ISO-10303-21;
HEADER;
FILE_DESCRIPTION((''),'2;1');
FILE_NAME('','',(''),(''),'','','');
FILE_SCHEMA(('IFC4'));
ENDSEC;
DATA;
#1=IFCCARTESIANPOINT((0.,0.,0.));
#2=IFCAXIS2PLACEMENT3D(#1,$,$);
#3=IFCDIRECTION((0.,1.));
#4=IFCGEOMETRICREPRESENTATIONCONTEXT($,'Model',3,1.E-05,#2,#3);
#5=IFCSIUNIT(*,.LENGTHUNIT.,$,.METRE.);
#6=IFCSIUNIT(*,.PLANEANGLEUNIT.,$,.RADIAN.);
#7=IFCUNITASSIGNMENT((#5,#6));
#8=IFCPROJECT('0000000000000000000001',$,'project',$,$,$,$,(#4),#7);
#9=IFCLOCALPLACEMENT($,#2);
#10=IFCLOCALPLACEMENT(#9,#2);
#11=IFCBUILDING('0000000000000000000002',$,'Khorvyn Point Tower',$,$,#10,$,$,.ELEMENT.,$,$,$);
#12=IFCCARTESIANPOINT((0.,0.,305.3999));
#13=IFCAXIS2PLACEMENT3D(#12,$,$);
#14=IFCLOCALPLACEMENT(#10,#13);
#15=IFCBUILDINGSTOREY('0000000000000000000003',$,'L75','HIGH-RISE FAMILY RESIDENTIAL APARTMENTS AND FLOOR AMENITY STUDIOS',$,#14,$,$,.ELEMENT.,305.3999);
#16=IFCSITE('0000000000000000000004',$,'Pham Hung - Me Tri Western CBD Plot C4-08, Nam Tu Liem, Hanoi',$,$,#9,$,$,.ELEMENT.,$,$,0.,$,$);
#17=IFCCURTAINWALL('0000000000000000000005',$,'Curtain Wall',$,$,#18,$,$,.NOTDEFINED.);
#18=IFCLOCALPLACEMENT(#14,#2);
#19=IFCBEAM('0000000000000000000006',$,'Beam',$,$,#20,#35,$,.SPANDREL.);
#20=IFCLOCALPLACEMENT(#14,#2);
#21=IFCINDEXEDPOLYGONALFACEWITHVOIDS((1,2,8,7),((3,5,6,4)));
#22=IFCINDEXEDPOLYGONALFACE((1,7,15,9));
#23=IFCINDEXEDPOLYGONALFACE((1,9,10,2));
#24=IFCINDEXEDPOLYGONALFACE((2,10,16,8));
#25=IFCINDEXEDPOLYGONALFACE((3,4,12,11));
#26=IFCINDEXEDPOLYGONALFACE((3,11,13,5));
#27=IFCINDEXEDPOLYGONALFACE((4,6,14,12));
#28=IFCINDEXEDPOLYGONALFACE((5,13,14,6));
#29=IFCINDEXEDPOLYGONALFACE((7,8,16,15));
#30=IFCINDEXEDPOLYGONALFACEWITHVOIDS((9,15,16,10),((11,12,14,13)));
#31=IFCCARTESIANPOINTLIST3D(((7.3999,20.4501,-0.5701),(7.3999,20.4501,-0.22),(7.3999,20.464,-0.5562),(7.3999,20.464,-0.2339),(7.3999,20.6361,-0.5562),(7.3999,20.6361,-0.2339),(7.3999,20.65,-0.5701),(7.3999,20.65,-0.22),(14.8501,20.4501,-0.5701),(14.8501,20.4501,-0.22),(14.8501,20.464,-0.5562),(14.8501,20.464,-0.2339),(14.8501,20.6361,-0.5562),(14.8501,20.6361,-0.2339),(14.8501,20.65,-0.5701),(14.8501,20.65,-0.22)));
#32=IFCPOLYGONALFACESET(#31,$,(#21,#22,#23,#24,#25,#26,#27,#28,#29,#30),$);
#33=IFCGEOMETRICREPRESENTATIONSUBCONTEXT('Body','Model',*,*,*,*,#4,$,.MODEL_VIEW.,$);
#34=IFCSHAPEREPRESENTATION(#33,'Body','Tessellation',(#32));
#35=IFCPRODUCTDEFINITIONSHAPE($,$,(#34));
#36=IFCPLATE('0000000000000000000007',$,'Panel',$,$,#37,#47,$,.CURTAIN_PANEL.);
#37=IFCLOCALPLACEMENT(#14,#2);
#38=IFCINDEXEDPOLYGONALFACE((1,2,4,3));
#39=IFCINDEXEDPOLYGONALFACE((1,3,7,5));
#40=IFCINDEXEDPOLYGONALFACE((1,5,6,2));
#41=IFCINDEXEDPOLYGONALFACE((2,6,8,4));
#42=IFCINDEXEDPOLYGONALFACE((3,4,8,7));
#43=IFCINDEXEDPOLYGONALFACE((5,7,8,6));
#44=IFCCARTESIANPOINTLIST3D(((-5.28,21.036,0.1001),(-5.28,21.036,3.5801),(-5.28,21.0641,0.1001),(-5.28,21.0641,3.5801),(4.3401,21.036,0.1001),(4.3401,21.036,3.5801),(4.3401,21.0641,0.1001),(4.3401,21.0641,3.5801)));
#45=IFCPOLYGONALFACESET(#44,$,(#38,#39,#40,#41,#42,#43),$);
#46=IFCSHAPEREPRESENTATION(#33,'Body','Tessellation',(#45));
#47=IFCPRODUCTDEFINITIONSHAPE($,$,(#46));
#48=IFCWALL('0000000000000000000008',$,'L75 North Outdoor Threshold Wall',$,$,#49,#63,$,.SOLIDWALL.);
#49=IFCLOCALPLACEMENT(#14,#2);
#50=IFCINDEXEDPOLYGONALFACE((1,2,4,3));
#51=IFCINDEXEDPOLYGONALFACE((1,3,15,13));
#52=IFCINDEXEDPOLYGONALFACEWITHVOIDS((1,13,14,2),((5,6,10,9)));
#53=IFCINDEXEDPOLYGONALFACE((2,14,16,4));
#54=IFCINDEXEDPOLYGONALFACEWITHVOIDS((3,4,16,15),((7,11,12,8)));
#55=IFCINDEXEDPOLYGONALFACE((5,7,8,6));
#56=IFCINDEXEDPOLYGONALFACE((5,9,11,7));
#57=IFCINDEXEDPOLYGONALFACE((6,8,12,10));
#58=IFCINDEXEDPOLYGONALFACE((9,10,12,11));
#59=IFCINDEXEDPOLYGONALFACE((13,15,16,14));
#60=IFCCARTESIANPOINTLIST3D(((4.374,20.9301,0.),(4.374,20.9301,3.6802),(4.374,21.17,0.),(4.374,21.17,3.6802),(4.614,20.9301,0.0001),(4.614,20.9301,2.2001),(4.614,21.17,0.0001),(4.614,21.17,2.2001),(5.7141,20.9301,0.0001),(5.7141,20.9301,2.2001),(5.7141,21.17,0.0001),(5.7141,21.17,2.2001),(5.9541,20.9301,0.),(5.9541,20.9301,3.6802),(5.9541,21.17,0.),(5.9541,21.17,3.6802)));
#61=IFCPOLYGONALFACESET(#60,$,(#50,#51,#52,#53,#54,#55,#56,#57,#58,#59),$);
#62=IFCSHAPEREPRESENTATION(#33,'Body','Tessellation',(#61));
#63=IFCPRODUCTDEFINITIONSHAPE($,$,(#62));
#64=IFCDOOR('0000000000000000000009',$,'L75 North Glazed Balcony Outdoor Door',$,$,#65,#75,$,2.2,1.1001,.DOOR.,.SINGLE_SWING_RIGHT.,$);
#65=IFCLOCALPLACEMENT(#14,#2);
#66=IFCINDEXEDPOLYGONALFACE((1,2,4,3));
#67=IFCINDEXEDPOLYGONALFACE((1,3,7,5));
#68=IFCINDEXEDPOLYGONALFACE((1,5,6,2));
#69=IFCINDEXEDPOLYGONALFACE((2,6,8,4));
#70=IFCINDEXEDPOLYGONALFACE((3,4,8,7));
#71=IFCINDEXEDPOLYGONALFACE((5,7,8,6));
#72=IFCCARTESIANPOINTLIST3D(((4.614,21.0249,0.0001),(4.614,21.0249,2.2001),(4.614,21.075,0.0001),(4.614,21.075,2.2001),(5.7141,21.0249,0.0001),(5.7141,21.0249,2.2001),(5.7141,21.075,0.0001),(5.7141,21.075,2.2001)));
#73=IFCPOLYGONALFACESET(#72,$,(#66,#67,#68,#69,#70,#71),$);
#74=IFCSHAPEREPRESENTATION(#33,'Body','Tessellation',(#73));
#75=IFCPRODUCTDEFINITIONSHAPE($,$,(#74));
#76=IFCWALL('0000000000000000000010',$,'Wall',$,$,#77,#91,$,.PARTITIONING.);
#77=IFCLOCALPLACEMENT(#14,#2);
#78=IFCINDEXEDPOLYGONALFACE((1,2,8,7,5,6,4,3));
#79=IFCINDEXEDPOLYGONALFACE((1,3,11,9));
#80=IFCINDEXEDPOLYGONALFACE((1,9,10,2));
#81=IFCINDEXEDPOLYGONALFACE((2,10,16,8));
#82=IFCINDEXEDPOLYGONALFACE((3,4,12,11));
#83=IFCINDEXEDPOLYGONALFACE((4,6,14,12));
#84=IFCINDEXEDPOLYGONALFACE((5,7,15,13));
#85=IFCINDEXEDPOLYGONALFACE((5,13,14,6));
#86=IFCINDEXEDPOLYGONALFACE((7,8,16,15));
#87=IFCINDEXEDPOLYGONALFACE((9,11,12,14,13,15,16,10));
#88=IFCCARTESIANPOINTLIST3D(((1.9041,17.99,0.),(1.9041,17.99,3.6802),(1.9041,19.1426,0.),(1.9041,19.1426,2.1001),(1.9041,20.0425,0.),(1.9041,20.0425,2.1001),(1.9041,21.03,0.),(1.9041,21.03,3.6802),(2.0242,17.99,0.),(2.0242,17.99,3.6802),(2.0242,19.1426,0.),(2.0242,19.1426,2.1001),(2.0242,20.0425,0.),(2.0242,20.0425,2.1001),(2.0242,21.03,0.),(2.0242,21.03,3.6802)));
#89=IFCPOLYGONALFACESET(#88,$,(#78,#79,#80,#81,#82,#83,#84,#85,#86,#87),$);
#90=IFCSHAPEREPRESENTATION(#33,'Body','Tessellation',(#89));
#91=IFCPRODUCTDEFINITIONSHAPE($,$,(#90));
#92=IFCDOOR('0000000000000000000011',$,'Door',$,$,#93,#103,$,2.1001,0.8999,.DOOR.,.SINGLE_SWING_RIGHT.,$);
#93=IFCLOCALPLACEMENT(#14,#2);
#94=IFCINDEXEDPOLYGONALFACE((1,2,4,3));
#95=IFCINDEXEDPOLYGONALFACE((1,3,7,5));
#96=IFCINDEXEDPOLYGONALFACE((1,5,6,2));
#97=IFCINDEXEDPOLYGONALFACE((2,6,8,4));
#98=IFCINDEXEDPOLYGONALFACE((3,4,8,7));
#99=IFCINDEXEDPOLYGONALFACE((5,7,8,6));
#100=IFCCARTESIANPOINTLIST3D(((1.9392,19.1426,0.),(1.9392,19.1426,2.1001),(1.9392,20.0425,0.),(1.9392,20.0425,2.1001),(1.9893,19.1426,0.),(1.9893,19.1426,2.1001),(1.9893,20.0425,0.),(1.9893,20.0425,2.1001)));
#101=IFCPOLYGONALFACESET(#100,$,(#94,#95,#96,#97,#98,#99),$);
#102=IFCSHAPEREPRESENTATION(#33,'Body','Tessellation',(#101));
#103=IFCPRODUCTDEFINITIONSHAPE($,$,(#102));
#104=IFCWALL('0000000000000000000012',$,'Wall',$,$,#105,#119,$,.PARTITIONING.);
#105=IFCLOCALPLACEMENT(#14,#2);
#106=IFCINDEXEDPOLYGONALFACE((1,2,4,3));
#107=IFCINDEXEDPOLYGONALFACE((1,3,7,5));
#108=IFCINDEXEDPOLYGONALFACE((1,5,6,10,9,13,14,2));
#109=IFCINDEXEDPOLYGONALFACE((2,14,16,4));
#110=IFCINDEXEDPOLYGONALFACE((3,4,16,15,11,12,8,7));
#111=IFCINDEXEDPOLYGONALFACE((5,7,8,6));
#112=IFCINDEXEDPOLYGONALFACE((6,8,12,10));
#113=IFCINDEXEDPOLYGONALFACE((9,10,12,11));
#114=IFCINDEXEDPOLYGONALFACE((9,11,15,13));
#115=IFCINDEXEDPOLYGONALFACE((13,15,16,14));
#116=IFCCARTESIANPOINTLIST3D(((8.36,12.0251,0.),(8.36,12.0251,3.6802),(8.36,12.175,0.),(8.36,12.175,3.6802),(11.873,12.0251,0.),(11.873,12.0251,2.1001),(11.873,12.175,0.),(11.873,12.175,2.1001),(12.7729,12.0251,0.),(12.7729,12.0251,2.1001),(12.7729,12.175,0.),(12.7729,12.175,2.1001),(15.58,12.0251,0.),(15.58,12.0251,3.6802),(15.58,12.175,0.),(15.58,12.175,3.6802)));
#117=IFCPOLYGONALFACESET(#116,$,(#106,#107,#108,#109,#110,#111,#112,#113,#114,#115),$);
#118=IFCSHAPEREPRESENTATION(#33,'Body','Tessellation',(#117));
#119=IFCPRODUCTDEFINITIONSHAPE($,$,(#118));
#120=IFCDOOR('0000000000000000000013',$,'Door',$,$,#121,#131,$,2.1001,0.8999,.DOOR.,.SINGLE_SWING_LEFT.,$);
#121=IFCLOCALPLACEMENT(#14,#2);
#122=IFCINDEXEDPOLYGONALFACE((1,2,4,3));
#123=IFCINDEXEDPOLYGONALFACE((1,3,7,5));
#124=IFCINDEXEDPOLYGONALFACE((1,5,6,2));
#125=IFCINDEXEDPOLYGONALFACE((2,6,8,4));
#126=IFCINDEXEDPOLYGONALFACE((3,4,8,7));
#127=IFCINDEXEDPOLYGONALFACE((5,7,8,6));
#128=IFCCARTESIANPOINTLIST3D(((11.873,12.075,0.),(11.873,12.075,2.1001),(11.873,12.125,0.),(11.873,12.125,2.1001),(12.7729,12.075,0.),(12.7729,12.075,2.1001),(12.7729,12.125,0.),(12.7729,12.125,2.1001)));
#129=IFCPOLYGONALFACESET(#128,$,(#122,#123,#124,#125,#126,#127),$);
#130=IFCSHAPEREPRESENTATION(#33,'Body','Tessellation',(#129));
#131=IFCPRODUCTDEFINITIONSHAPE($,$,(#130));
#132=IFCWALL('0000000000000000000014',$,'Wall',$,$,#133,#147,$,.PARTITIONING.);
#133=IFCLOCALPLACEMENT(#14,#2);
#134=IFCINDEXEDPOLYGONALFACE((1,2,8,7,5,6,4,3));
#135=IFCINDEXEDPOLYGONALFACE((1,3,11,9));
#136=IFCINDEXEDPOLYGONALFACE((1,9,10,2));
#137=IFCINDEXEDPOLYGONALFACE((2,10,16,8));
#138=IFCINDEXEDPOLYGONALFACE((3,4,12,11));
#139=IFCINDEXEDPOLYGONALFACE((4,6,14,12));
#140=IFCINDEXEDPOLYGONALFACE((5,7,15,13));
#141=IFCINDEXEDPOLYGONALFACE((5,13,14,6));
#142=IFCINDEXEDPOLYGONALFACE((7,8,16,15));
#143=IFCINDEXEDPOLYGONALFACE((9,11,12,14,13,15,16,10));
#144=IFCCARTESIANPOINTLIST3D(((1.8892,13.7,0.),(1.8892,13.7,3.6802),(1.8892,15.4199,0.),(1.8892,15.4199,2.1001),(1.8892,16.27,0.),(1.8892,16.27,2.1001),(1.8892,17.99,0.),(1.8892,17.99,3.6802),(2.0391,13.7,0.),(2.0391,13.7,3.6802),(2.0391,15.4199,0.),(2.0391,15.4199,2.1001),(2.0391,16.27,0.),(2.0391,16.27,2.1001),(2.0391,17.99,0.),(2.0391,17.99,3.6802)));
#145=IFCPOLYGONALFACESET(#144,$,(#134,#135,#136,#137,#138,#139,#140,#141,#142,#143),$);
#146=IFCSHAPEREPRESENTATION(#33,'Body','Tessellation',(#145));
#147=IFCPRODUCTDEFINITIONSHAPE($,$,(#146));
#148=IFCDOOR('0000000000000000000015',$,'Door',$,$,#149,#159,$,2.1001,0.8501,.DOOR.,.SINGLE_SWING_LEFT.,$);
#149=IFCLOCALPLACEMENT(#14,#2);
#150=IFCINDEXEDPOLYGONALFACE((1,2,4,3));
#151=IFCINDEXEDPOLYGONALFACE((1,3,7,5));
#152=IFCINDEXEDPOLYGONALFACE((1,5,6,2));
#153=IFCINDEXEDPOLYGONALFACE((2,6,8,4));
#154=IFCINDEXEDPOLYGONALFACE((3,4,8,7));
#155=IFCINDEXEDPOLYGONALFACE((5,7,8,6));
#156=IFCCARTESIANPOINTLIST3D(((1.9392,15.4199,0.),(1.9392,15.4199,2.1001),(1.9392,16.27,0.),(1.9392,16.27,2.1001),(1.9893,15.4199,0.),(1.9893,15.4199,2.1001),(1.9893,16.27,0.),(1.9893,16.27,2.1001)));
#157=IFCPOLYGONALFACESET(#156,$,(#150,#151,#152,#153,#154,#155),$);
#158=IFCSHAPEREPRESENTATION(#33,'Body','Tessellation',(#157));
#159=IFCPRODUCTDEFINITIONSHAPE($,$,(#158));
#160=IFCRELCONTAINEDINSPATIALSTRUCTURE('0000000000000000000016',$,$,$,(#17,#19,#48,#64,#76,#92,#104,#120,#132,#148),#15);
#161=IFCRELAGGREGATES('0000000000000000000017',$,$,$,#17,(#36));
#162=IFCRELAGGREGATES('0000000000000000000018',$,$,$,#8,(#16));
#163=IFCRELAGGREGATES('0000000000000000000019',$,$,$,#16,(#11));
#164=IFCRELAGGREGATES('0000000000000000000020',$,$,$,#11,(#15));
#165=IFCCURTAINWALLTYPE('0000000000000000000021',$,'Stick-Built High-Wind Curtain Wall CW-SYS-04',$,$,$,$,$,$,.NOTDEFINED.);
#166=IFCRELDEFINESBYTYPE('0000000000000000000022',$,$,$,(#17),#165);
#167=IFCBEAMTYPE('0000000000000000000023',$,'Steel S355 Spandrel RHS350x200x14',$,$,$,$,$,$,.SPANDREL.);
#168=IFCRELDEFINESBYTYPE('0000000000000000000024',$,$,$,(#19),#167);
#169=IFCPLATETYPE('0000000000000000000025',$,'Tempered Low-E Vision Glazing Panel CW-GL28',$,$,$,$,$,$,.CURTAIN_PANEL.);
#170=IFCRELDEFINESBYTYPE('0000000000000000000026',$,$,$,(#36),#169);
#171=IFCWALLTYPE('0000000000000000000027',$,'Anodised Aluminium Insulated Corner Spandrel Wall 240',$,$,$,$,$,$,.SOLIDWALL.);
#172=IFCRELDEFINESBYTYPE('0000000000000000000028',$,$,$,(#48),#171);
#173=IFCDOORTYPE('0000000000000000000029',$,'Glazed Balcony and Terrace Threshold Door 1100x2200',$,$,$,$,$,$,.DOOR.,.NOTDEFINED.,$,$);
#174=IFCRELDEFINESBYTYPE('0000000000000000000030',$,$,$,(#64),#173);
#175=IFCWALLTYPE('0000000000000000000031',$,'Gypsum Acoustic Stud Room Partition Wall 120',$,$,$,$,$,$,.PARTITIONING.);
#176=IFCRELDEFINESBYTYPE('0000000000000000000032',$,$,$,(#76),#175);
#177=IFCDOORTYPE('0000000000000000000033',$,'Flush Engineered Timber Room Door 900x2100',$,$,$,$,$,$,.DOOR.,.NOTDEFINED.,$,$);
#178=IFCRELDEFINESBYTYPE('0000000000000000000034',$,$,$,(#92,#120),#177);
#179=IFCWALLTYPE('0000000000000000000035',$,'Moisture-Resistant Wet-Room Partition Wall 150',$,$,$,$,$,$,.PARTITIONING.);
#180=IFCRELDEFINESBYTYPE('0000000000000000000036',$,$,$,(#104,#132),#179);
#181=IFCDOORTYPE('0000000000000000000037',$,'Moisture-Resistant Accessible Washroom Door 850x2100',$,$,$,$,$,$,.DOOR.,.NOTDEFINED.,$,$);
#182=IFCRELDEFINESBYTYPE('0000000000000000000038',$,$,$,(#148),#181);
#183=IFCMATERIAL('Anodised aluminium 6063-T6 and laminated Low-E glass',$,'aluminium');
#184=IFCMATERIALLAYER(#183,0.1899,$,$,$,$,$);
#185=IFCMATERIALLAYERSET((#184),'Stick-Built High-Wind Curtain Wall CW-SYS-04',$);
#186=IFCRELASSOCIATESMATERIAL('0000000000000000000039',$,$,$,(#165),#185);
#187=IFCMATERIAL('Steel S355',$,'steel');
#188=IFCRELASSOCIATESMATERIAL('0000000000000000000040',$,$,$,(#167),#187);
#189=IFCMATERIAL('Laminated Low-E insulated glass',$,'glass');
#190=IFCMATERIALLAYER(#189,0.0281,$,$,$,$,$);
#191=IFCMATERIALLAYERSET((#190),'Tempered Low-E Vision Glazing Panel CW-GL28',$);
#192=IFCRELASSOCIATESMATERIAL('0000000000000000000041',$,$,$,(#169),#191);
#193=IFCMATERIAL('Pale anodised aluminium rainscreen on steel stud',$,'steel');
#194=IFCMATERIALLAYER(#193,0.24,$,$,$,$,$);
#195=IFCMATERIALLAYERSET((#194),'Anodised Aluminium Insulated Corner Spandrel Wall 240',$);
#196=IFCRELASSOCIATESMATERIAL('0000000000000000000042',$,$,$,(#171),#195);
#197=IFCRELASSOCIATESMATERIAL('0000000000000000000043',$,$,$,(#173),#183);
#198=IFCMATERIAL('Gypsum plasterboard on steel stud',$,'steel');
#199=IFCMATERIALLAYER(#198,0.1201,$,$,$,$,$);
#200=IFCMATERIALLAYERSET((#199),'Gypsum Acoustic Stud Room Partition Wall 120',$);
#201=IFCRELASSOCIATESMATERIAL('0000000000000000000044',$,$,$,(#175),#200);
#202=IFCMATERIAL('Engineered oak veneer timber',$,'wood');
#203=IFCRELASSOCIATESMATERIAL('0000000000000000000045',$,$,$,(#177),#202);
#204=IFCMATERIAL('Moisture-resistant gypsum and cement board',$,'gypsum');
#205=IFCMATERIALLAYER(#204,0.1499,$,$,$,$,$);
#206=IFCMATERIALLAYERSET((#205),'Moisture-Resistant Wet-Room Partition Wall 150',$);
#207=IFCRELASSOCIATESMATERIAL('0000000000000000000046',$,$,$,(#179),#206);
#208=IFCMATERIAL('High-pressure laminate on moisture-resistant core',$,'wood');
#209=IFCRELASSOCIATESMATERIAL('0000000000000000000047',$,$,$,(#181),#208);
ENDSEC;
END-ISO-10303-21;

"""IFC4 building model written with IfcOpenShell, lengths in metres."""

from ifc_helpers import new_model, si_unit, direction, frame, frame_2d, origin, origin_2d, place, context, subcontext, project, spatial, rectangle, hollow_rectangle, extrude, material, layer, layer_set, material_profile, profile_set, type_object, element, fill, aggregate, save


model = new_model("IFC4")

# Units and contexts
model_context = context("Model", 3, precision=1e-05, world=origin(), true_north=direction((0.0, 1.0)))
body_context = subcontext(model_context, "Body", "Model", "MODEL_VIEW")
ifc_project = project(units=[si_unit("LENGTHUNIT", "METRE"), si_unit("PLANEANGLEUNIT", "RADIAN")], contexts=[model_context])

# Site, building, storey
site_placement = place(None, origin())
site = spatial("IfcSite", under=ifc_project, at=site_placement, Name="Pham Hung - Me Tri Western CBD Plot C4-08, Nam Tu Liem, Hanoi", CompositionType="ELEMENT", RefElevation=0.0)
building_placement = place(site_placement, origin())
building = spatial("IfcBuilding", under=site, at=building_placement, Name="Khorvyn Point Tower", CompositionType="ELEMENT")
storey_placement = place(building_placement, frame((0.0, 0.0, 305.3999)))
storey = spatial("IfcBuildingStorey", under=building, at=storey_placement, Name="L75", Description="HIGH-RISE FAMILY RESIDENTIAL APARTMENTS AND FLOOR AMENITY STUDIOS", CompositionType="ELEMENT", Elevation=305.3999)

# Shared definitions
ifc_material_1 = material(Name="Steel S355", Category="steel")

# Curtain wall
ifc_material_2 = material(Name="Anodised aluminium 6063-T6 and laminated Low-E glass", Category="aluminium")
ifc_layer_1 = layer(ifc_material_2, 0.1899)
ifc_layer_set_1 = layer_set([ifc_layer_1], Name="Stick-Built High-Wind Curtain Wall CW-SYS-04")
curtain_wall_type = type_object("IfcCurtainWallType", Name="Stick-Built High-Wind Curtain Wall CW-SYS-04", PredefinedType="NOTDEFINED", material=ifc_layer_set_1)
curtain_wall_1_placement = place(storey_placement, origin())
curtain_wall_1 = element("IfcCurtainWall", 1, at=curtain_wall_1_placement, inside=storey, type_object=curtain_wall_type, Name="Curtain Wall", PredefinedType="NOTDEFINED")

# Beam
ifc_material_profile_1 = material_profile(ifc_material_1, hollow_rectangle(XDim=0.2, YDim=0.3501, WallThickness=0.0139, at=origin_2d()))
ifc_profile_set_1 = profile_set([ifc_material_profile_1], Name="Steel S355 RHS350x200x14")
beam_type_1 = type_object("IfcBeamType", Name="Steel S355 Spandrel RHS350x200x14", PredefinedType="SPANDREL", material=ifc_profile_set_1)
beam_1_placement = place(storey_placement, frame((7.3999, 20.55, -0.395), z_axis=(1.0, 0.0, 0.0), x_axis=(0.0, 1.0, 0.0)))
element("IfcBeam", 2, at=beam_1_placement, inside=storey, type_object=beam_type_1, Name="Beam", PredefinedType="SPANDREL", context=body_context, shape_type="SweptSolid", body=[
    extrude(hollow_rectangle(XDim=0.2, YDim=0.3501, WallThickness=0.0139, at=origin_2d()), origin(), (0.0, 0.0, 1.0), 7.4502),
])

# Plate
ifc_material_3 = material(Name="Laminated Low-E insulated glass", Category="glass")
ifc_layer_2 = layer(ifc_material_3, 0.0281)
ifc_layer_set_2 = layer_set([ifc_layer_2], Name="Tempered Low-E Vision Glazing Panel CW-GL28")
plate_type = type_object("IfcPlateType", Name="Tempered Low-E Vision Glazing Panel CW-GL28", PredefinedType="CURTAIN_PANEL", material=ifc_layer_set_2)
plate_placement = place(storey_placement, frame((-0.47, 21.05, 0.1001), z_axis=(0.0, 0.0, 1.0), x_axis=(1.0, 0.0, 0.0)))
plate = element("IfcPlate", 3, at=plate_placement, type_object=plate_type, Name="Panel", PredefinedType="CURTAIN_PANEL", context=body_context, shape_type="SweptSolid", body=[
    extrude(rectangle(XDim=9.6201, YDim=0.0281, at=origin_2d()), origin(), (0.0, 0.0, 1.0), 3.48),
])
aggregate(curtain_wall_1, [plate])

# Walls, openings, doors
ifc_material_4 = material(Name="Pale anodised aluminium rainscreen on steel stud", Category="steel")
ifc_layer_3 = layer(ifc_material_4, 0.24)
ifc_layer_set_3 = layer_set([ifc_layer_3], Name="Anodised Aluminium Insulated Corner Spandrel Wall 240")
wall_type_1 = type_object("IfcWallType", Name="Anodised Aluminium Insulated Corner Spandrel Wall 240", PredefinedType="SOLIDWALL", material=ifc_layer_set_3)
wall_1_placement = place(storey_placement, frame((4.374, 21.05, 0.0), z_axis=(0.0, 0.0, 1.0), x_axis=(1.0, 0.0, 0.0)))
wall_1 = element("IfcWall", 4, at=wall_1_placement, inside=storey, type_object=wall_type_1, Name="L75 North Outdoor Threshold Wall", PredefinedType="SOLIDWALL", context=body_context, shape_type="SweptSolid", body=[
    extrude(rectangle(XDim=1.5801, YDim=0.24, at=frame_2d((0.79, 0.0))), origin(), (0.0, 0.0, 1.0), 3.6802),
])
opening_1_placement = place(wall_1_placement, frame((0.24, 0.0, 0.0)))
opening_1 = element("IfcOpeningElement", 5, at=opening_1_placement, cuts=wall_1, PredefinedType="OPENING", context=body_context, shape_type="SweptSolid", body=[
    extrude(rectangle(XDim=1.1001, YDim=2.2, at=frame_2d((0.55, 1.1001))), frame((0.0, 0.1299, 0.0), z_axis=(0.0, -1.0, 0.0), x_axis=(1.0, 0.0, 0.0)), (0.0, 0.0, 1.0), 0.26),
])
door_type_1 = type_object("IfcDoorType", Name="Glazed Balcony and Terrace Threshold Door 1100x2200", OperationType="NOTDEFINED", PredefinedType="DOOR", material=ifc_material_2)
door_1_placement = place(opening_1_placement, origin())
door_1 = element("IfcDoor", 6, at=door_1_placement, inside=storey, type_object=door_type_1, Name="L75 North Glazed Balcony Outdoor Door", OperationType="SINGLE_SWING_RIGHT", OverallHeight=2.2, OverallWidth=1.1001, PredefinedType="DOOR", context=body_context, shape_type="SweptSolid", body=[
    extrude(rectangle(XDim=1.1001, YDim=2.2, at=frame_2d((0.55, 1.1001))), frame((0.0, 0.0249, 0.0), z_axis=(0.0, -1.0, 0.0), x_axis=(1.0, 0.0, 0.0)), (0.0, 0.0, 1.0), 0.05),
])
fill(opening_1, door_1)
ifc_material_5 = material(Name="Gypsum plasterboard on steel stud", Category="steel")
ifc_layer_4 = layer(ifc_material_5, 0.1201)
ifc_layer_set_4 = layer_set([ifc_layer_4], Name="Gypsum Acoustic Stud Room Partition Wall 120")
wall_type_2 = type_object("IfcWallType", Name="Gypsum Acoustic Stud Room Partition Wall 120", PredefinedType="PARTITIONING", material=ifc_layer_set_4)
wall_2_placement = place(storey_placement, frame((1.9641, 17.99, 0.0), z_axis=(0.0, 0.0, 1.0), x_axis=(0.0, 1.0, 0.0)))
wall_2 = element("IfcWall", 7, at=wall_2_placement, inside=storey, type_object=wall_type_2, Name="Wall", PredefinedType="PARTITIONING", context=body_context, shape_type="SweptSolid", body=[
    extrude(rectangle(XDim=3.04, YDim=0.1201, at=frame_2d((1.52, 0.0))), origin(), (0.0, 0.0, 1.0), 3.6802),
])
opening_2_placement = place(wall_2_placement, frame((1.1526, 0.0, 0.0)))
opening_2 = element("IfcOpeningElement", 8, at=opening_2_placement, cuts=wall_2, PredefinedType="OPENING", context=body_context, shape_type="SweptSolid", body=[
    extrude(rectangle(XDim=0.8999, YDim=2.1001, at=frame_2d((0.45, 1.05))), frame((0.0, 0.0701, 0.0), z_axis=(0.0, -1.0, 0.0), x_axis=(1.0, 0.0, 0.0)), (0.0, 0.0, 1.0), 0.1401),
])
ifc_material_6 = material(Name="Engineered oak veneer timber", Category="wood")
door_type_2 = type_object("IfcDoorType", Name="Flush Engineered Timber Room Door 900x2100", OperationType="NOTDEFINED", PredefinedType="DOOR", material=ifc_material_6)
door_2_placement = place(opening_2_placement, origin())
door_2 = element("IfcDoor", 9, at=door_2_placement, inside=storey, type_object=door_type_2, Name="Door", OperationType="SINGLE_SWING_RIGHT", OverallHeight=2.1001, OverallWidth=0.8999, PredefinedType="DOOR", context=body_context, shape_type="SweptSolid", body=[
    extrude(rectangle(XDim=0.8999, YDim=2.1001, at=frame_2d((0.45, 1.05))), frame((0.0, 0.0249, 0.0), z_axis=(0.0, -1.0, 0.0), x_axis=(1.0, 0.0, 0.0)), (0.0, 0.0, 1.0), 0.05),
])
fill(opening_2, door_2)
ifc_material_7 = material(Name="Moisture-resistant gypsum and cement board", Category="gypsum")
ifc_layer_5 = layer(ifc_material_7, 0.1499)
ifc_layer_set_5 = layer_set([ifc_layer_5], Name="Moisture-Resistant Wet-Room Partition Wall 150")
wall_type_3 = type_object("IfcWallType", Name="Moisture-Resistant Wet-Room Partition Wall 150", PredefinedType="PARTITIONING", material=ifc_layer_set_5)
wall_3_placement = place(storey_placement, frame((8.3601, 12.1001, 0.0), z_axis=(0.0, 0.0, 1.0), x_axis=(1.0, 0.0, 0.0)))
wall_3 = element("IfcWall", 10, at=wall_3_placement, inside=storey, type_object=wall_type_3, Name="Wall", PredefinedType="PARTITIONING", context=body_context, shape_type="SweptSolid", body=[
    extrude(rectangle(XDim=7.22, YDim=0.1499, at=frame_2d((3.6099, 0.0))), origin(), (0.0, 0.0, 1.0), 3.6802),
])
opening_3_placement = place(wall_3_placement, frame((3.5129, 0.0, 0.0)))
opening_3 = element("IfcOpeningElement", 11, at=opening_3_placement, cuts=wall_3, PredefinedType="OPENING", context=body_context, shape_type="SweptSolid", body=[
    extrude(rectangle(XDim=0.8999, YDim=2.1001, at=frame_2d((0.45, 1.05))), frame((0.0, 0.085, 0.0), z_axis=(0.0, -1.0, 0.0), x_axis=(1.0, 0.0, 0.0)), (0.0, 0.0, 1.0), 0.1699),
])
door_3_placement = place(opening_3_placement, origin())
door_3 = element("IfcDoor", 12, at=door_3_placement, inside=storey, type_object=door_type_2, Name="Door", OperationType="SINGLE_SWING_LEFT", OverallHeight=2.1001, OverallWidth=0.8999, PredefinedType="DOOR", context=body_context, shape_type="SweptSolid", body=[
    extrude(rectangle(XDim=0.8999, YDim=2.1001, at=frame_2d((0.45, 1.05))), frame((0.0, 0.0249, 0.0), z_axis=(0.0, -1.0, 0.0), x_axis=(1.0, 0.0, 0.0)), (0.0, 0.0, 1.0), 0.05),
])
fill(opening_3, door_3)
wall_4_placement = place(storey_placement, frame((1.9641, 13.7, 0.0), z_axis=(0.0, 0.0, 1.0), x_axis=(0.0, 1.0, 0.0)))
wall_4 = element("IfcWall", 13, at=wall_4_placement, inside=storey, type_object=wall_type_3, Name="Wall", PredefinedType="PARTITIONING", context=body_context, shape_type="SweptSolid", body=[
    extrude(rectangle(XDim=4.29, YDim=0.1499, at=frame_2d((2.145, 0.0))), origin(), (0.0, 0.0, 1.0), 3.6802),
])
opening_4_placement = place(wall_4_placement, frame((1.72, 0.0, 0.0)))
opening_4 = element("IfcOpeningElement", 14, at=opening_4_placement, cuts=wall_4, PredefinedType="OPENING", context=body_context, shape_type="SweptSolid", body=[
    extrude(rectangle(XDim=0.8501, YDim=2.1001, at=frame_2d((0.425, 1.05))), frame((0.0, 0.085, 0.0), z_axis=(0.0, -1.0, 0.0), x_axis=(1.0, 0.0, 0.0)), (0.0, 0.0, 1.0), 0.1699),
])
ifc_material_8 = material(Name="High-pressure laminate on moisture-resistant core", Category="wood")
door_type_3 = type_object("IfcDoorType", Name="Moisture-Resistant Accessible Washroom Door 850x2100", OperationType="NOTDEFINED", PredefinedType="DOOR", material=ifc_material_8)
door_4_placement = place(opening_4_placement, origin())
door_4 = element("IfcDoor", 15, at=door_4_placement, inside=storey, type_object=door_type_3, Name="Door", OperationType="SINGLE_SWING_LEFT", OverallHeight=2.1001, OverallWidth=0.8501, PredefinedType="DOOR", context=body_context, shape_type="SweptSolid", body=[
    extrude(rectangle(XDim=0.8501, YDim=2.1001, at=frame_2d((0.425, 1.05))), frame((0.0, 0.0249, 0.0), z_axis=(0.0, -1.0, 0.0), x_axis=(1.0, 0.0, 0.0)), (0.0, 0.0, 1.0), 0.05),
])
fill(opening_4, door_4)

save(model, "model.ifc")
